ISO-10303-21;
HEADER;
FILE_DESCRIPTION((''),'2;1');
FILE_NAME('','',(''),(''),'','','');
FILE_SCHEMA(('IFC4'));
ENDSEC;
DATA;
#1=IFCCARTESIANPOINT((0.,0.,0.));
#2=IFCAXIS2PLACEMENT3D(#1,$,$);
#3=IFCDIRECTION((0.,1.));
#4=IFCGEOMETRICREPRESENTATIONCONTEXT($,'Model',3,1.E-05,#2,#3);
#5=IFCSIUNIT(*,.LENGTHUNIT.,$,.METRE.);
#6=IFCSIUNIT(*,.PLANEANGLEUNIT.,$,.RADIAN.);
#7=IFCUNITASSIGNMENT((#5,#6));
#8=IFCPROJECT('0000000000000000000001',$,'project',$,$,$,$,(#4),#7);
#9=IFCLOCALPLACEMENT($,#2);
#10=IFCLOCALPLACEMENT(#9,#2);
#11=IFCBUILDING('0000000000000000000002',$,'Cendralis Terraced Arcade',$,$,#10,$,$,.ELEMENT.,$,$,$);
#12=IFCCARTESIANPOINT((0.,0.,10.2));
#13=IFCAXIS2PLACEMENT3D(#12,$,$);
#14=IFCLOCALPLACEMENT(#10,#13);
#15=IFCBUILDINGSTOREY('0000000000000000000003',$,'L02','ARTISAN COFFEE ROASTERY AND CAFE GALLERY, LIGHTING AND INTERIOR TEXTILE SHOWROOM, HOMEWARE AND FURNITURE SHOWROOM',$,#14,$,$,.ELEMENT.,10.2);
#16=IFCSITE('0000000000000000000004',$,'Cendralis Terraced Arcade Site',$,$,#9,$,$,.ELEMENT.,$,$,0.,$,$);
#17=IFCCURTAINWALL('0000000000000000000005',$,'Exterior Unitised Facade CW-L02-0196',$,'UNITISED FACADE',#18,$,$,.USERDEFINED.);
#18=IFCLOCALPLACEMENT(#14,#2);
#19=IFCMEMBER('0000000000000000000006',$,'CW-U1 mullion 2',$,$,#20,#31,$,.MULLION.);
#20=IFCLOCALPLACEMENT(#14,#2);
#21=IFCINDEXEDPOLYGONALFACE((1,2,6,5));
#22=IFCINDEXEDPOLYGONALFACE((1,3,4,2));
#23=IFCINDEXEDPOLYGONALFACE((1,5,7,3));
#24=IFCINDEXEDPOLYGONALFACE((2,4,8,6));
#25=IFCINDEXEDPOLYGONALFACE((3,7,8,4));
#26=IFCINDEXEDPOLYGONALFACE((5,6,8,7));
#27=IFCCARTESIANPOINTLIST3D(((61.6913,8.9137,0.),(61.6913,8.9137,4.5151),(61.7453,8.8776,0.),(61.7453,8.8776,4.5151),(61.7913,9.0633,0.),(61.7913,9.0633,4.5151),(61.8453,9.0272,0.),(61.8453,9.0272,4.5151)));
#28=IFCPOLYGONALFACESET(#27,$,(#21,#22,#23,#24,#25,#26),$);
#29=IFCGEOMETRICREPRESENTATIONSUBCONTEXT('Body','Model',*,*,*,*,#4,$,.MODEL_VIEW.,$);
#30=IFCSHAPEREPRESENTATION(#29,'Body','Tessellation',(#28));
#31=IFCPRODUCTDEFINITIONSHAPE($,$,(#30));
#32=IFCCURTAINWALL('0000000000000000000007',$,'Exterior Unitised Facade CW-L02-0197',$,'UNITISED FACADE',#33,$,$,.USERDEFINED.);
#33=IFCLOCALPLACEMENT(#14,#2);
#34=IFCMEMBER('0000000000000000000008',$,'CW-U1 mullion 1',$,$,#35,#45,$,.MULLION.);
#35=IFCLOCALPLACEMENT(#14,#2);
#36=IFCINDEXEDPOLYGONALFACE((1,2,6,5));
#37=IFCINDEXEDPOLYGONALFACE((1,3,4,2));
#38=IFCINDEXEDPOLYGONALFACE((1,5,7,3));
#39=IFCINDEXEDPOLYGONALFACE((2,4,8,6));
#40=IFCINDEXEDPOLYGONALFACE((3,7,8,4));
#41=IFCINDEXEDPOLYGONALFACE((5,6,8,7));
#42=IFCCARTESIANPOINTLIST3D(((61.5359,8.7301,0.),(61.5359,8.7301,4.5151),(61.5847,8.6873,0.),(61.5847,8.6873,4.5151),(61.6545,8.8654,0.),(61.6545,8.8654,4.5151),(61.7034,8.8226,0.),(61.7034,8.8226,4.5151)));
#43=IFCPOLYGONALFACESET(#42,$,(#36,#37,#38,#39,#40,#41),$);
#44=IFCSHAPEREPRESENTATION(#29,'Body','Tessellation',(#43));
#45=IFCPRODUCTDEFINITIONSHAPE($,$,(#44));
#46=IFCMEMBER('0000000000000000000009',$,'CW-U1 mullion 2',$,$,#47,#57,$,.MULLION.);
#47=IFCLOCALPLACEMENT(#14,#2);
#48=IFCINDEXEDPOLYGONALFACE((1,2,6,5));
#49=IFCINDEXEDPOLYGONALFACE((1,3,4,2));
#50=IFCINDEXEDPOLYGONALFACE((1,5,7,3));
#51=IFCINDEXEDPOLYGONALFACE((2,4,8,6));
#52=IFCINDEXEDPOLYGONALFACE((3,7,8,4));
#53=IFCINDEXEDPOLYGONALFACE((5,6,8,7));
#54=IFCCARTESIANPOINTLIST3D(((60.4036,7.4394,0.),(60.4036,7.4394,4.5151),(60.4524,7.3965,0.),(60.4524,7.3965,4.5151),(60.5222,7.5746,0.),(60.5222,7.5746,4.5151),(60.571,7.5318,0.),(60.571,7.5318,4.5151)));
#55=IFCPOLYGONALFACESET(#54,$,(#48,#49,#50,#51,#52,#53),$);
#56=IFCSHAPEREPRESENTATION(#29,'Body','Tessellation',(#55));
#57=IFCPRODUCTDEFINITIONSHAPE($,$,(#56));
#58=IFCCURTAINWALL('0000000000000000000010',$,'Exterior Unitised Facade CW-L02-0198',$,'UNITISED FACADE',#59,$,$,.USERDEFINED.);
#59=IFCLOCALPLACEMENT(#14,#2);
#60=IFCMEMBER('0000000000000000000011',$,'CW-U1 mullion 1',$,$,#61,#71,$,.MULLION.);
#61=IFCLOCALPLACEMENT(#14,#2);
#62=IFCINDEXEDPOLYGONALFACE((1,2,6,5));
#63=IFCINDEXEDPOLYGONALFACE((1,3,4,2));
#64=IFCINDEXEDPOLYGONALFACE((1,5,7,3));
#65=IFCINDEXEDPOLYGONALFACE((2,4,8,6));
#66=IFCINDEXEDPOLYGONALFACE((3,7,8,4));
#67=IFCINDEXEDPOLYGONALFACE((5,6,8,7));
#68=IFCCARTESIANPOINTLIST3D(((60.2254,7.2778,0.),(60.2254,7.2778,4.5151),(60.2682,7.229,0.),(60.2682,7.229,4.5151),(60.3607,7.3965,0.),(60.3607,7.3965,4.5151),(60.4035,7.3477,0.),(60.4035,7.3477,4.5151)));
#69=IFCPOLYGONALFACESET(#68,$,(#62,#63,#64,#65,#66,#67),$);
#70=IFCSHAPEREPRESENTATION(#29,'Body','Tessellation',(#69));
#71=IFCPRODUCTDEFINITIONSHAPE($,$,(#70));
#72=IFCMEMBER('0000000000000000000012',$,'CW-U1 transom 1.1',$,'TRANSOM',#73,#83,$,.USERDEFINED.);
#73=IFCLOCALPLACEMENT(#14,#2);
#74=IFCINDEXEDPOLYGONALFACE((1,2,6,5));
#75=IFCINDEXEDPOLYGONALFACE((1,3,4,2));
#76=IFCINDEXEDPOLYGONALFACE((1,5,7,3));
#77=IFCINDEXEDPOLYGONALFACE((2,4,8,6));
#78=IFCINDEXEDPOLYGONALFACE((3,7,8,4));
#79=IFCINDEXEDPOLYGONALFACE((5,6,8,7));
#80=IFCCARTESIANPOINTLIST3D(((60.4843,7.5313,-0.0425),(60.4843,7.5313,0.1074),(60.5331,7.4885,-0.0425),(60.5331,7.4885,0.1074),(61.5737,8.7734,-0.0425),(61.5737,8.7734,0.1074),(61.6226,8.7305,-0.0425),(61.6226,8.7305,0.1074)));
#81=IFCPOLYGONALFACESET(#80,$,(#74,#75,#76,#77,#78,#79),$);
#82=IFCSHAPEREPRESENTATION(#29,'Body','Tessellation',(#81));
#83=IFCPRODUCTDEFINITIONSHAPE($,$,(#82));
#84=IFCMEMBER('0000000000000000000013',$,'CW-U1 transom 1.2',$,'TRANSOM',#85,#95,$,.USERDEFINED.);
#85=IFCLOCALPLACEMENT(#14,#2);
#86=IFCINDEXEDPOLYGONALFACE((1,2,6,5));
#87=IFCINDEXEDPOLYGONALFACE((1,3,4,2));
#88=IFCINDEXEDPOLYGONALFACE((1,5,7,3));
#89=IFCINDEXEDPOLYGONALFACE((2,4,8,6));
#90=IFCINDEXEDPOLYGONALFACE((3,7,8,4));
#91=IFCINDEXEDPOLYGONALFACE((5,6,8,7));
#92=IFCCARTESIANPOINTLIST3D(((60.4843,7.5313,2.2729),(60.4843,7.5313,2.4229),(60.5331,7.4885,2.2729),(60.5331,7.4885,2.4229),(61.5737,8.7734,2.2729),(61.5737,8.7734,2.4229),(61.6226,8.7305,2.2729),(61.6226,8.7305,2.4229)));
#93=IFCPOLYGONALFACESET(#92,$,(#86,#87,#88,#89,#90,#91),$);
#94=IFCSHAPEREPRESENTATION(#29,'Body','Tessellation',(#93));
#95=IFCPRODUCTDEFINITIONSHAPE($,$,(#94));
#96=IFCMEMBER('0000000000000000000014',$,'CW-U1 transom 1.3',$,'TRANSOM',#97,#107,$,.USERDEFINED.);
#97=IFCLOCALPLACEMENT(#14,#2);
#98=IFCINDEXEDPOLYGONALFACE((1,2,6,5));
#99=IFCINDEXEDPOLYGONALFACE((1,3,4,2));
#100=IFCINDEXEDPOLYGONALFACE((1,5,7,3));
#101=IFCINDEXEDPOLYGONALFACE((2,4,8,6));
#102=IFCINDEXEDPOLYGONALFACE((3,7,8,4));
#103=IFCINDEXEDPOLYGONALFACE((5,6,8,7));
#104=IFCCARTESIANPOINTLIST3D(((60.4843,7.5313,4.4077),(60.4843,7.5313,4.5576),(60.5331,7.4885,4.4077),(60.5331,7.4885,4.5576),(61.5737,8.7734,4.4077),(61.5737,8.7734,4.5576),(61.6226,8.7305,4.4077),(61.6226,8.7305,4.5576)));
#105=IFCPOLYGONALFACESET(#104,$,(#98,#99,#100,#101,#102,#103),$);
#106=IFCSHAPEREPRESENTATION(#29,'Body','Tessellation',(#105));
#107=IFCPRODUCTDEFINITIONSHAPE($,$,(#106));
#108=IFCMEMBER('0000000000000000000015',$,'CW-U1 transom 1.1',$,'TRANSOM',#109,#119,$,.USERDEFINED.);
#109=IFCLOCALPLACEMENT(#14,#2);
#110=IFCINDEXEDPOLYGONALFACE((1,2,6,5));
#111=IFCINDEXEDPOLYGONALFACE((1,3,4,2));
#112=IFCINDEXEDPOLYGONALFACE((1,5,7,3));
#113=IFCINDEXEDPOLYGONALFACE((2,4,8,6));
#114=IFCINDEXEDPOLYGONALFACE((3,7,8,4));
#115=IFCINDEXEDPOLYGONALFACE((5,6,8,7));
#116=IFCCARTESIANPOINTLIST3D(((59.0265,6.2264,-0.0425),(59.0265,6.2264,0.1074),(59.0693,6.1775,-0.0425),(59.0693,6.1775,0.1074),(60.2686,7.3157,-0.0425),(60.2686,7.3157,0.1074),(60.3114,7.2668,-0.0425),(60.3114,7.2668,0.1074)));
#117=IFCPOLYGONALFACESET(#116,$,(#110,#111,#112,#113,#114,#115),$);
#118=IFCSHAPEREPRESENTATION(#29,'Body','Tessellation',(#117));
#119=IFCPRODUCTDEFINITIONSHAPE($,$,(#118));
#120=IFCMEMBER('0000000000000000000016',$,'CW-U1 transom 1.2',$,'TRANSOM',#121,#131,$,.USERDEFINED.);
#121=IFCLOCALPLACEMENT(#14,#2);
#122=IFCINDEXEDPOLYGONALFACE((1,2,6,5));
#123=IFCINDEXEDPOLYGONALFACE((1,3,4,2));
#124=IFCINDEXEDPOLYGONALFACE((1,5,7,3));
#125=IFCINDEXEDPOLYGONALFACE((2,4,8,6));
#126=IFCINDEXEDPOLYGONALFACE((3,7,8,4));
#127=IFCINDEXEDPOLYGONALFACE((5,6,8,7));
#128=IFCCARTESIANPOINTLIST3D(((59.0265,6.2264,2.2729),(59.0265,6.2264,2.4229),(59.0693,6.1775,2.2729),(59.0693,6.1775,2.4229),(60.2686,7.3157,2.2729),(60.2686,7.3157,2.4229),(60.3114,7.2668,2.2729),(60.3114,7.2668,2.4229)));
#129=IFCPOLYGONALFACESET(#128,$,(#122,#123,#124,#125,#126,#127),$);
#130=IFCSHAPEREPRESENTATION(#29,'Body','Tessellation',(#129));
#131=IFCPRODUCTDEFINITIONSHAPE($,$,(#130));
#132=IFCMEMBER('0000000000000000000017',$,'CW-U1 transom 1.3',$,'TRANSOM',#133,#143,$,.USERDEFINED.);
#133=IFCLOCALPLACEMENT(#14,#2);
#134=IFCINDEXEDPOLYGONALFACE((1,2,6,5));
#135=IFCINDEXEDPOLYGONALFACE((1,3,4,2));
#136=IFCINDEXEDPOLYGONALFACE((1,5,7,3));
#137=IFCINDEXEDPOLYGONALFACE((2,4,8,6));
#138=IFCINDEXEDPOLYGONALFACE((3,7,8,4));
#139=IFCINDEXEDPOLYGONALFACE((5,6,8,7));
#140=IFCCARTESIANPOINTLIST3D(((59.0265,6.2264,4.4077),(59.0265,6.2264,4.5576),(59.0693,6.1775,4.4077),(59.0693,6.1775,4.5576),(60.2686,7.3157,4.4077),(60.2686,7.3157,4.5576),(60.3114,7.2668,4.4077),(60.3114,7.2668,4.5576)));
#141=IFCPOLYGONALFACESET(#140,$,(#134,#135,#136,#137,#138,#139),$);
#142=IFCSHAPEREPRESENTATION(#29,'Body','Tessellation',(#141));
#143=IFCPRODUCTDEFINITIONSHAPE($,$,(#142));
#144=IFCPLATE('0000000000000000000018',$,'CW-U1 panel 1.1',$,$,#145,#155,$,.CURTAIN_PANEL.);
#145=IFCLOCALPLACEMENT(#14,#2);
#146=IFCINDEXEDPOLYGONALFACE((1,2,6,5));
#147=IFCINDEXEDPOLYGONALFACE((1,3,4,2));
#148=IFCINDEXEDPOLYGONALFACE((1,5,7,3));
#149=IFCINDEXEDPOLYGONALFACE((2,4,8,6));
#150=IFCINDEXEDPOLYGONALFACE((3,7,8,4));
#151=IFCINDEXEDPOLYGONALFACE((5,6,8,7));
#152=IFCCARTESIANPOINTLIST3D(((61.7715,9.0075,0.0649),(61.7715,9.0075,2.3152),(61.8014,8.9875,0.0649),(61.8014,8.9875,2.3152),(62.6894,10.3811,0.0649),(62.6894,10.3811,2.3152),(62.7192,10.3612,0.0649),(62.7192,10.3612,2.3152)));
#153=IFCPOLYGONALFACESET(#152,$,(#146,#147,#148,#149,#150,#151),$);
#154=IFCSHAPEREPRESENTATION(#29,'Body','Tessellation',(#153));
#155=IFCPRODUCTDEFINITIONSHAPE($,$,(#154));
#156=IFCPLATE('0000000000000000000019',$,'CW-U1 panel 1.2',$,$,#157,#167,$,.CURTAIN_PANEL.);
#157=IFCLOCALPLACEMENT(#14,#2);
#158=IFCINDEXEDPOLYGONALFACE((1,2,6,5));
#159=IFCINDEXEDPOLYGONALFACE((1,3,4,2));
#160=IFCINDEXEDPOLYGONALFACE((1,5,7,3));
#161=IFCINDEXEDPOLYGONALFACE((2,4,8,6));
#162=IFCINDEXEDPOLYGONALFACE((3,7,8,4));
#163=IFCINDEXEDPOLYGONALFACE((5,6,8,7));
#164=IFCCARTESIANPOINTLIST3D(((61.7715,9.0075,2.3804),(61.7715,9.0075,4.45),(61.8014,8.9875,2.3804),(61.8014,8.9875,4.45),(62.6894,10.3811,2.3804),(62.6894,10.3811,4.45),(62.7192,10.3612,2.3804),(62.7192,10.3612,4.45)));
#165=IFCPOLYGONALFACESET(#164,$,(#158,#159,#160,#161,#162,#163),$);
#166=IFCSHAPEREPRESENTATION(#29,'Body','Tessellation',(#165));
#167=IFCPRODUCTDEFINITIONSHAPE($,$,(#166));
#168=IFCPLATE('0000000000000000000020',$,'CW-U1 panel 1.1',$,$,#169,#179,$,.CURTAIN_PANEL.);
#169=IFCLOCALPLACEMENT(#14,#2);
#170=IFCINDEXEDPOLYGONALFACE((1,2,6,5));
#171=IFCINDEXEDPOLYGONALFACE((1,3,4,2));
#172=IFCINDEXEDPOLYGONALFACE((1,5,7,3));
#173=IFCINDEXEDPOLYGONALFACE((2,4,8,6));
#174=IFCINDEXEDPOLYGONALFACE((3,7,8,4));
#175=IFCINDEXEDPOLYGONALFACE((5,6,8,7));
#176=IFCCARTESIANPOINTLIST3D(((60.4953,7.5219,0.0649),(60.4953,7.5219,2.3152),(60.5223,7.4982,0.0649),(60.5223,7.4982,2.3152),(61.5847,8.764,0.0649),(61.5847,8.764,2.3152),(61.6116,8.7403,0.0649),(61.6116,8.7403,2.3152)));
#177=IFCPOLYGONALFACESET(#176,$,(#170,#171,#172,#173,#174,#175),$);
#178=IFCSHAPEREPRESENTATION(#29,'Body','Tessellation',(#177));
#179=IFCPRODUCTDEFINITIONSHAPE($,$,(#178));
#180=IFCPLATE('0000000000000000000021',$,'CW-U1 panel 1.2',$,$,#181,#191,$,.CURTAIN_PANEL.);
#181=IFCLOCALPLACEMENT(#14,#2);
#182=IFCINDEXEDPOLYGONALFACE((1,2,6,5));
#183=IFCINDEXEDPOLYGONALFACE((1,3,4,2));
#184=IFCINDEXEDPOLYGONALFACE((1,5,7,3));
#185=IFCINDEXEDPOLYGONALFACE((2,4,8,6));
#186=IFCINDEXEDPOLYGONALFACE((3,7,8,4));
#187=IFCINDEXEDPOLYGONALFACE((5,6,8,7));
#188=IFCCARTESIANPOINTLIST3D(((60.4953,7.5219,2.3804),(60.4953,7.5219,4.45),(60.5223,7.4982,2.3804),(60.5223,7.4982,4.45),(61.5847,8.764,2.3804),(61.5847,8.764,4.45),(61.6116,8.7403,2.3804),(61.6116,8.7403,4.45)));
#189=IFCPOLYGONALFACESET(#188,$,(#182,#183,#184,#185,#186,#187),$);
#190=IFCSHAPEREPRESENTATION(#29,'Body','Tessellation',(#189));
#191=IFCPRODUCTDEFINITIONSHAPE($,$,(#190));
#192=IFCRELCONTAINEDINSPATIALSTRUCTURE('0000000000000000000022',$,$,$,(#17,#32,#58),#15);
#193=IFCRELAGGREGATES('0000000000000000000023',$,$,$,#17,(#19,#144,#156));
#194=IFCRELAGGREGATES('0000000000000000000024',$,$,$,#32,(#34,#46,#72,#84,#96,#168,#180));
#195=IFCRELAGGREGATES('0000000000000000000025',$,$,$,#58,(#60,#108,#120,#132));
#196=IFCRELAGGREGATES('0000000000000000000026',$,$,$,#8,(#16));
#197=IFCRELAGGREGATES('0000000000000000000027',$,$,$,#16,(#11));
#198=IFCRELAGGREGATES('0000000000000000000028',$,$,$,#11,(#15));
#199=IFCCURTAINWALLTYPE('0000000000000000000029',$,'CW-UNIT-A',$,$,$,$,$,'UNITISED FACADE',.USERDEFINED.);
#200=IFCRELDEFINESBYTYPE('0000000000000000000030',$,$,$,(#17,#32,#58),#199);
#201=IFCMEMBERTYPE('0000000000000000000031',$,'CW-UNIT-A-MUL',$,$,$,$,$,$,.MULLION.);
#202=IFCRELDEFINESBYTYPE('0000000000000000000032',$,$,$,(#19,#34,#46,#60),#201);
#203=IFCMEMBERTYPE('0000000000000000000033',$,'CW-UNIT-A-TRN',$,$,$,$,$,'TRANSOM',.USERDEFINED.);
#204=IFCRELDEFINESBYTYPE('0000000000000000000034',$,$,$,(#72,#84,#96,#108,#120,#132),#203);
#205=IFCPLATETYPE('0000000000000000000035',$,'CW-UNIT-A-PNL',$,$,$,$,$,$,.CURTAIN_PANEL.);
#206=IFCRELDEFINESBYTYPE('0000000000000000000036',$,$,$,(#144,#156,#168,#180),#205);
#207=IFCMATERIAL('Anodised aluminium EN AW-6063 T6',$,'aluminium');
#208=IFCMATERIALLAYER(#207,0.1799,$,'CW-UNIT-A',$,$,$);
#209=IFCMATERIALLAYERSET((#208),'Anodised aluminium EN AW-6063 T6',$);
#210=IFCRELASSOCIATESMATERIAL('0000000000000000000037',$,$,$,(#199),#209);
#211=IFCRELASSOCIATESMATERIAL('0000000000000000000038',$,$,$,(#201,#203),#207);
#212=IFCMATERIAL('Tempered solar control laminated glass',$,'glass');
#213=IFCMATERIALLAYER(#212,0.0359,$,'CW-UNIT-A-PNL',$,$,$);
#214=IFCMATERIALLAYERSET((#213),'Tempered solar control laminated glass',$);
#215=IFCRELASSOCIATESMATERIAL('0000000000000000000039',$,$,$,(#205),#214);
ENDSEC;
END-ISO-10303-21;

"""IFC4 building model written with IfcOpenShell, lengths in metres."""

from ifc_helpers import new_model, si_unit, direction, frame, origin, origin_2d, place, context, subcontext, project, spatial, rectangle, extrude, material, layer, layer_set, material_profile, profile_set, type_object, element, aggregate, save


model = new_model("IFC4")

# Units and contexts
model_context = context("Model", 3, precision=1e-05, world=origin(), true_north=direction((0.0, 1.0)))
body_context = subcontext(model_context, "Body", "Model", "MODEL_VIEW")
ifc_project = project(units=[si_unit("LENGTHUNIT", "METRE"), si_unit("PLANEANGLEUNIT", "RADIAN")], contexts=[model_context])

# Site, building, storey
site_placement = place(None, origin())
site = spatial("IfcSite", under=ifc_project, at=site_placement, Name="Cendralis Terraced Arcade Site", CompositionType="ELEMENT", RefElevation=0.0)
building_placement = place(site_placement, origin())
building = spatial("IfcBuilding", under=site, at=building_placement, Name="Cendralis Terraced Arcade", CompositionType="ELEMENT")
storey_placement = place(building_placement, frame((0.0, 0.0, 10.2)))
storey = spatial("IfcBuildingStorey", under=building, at=storey_placement, Name="L02", Description="ARTISAN COFFEE ROASTERY AND CAFE GALLERY, LIGHTING AND INTERIOR TEXTILE SHOWROOM, HOMEWARE AND FURNITURE SHOWROOM", CompositionType="ELEMENT", Elevation=10.2)

# Curtain wall, member
ifc_material_1 = material(Name="Anodised aluminium EN AW-6063 T6", Category="aluminium")
ifc_layer_1 = layer(ifc_material_1, 0.1799, Name="CW-UNIT-A")
ifc_layer_set_1 = layer_set([ifc_layer_1], Name="Anodised aluminium EN AW-6063 T6")
curtain_wall_type = type_object("IfcCurtainWallType", Name="CW-UNIT-A", ElementType="UNITISED FACADE", PredefinedType="USERDEFINED", material=ifc_layer_set_1)
curtain_wall_1_placement = place(storey_placement, origin())
curtain_wall_1 = element("IfcCurtainWall", 1, at=curtain_wall_1_placement, inside=storey, type_object=curtain_wall_type, Name="Exterior Unitised Facade CW-L02-0196", ObjectType="UNITISED FACADE", PredefinedType="USERDEFINED")
ifc_material_profile_1 = material_profile(ifc_material_1, rectangle(XDim=0.0649, YDim=0.1799, at=origin_2d()), Name="ALU-MUL-65x180")
ifc_profile_set_1 = profile_set([ifc_material_profile_1], Name="Anodised aluminium EN AW-6063 T6")
member_type_1 = type_object("IfcMemberType", Name="CW-UNIT-A-MUL", PredefinedType="MULLION", material=ifc_profile_set_1)
member_1_placement = place(storey_placement, frame((61.7683, 8.9705, 0.0), z_axis=(0.0, 0.0, 1.0), x_axis=(0.831471, -0.555567, 0.0)))
member_1 = element("IfcMember", 2, at=member_1_placement, type_object=member_type_1, Name="CW-U1 mullion 2", PredefinedType="MULLION", context=body_context, shape_type="SweptSolid", body=[
    extrude(rectangle(XDim=0.0649, YDim=0.1799, at=origin_2d()), origin(), (0.0, 0.0, 1.0), 4.5151),
])

# Curtain wall, members
curtain_wall_2_placement = place(storey_placement, origin())
curtain_wall_2 = element("IfcCurtainWall", 3, at=curtain_wall_2_placement, inside=storey, type_object=curtain_wall_type, Name="Exterior Unitised Facade CW-L02-0197", ObjectType="UNITISED FACADE", PredefinedType="USERDEFINED")
member_2_placement = place(storey_placement, frame((61.6196, 8.7764, 0.0), z_axis=(0.0, 0.0, 1.0), x_axis=(0.751804, -0.659386, 0.0)))
member_2 = element("IfcMember", 4, at=member_2_placement, type_object=member_type_1, Name="CW-U1 mullion 1", PredefinedType="MULLION", context=body_context, shape_type="SweptSolid", body=[
    extrude(rectangle(XDim=0.0649, YDim=0.1799, at=origin_2d()), origin(), (0.0, 0.0, 1.0), 4.5151),
])
member_3_placement = place(storey_placement, frame((60.4873, 7.4856, 0.0), z_axis=(0.0, 0.0, 1.0), x_axis=(0.751804, -0.659386, 0.0)))
member_3 = element("IfcMember", 5, at=member_3_placement, type_object=member_type_1, Name="CW-U1 mullion 2", PredefinedType="MULLION", context=body_context, shape_type="SweptSolid", body=[
    extrude(rectangle(XDim=0.0649, YDim=0.1799, at=origin_2d()), origin(), (0.0, 0.0, 1.0), 4.5151),
])

# Curtain wall, member
curtain_wall_3_placement = place(storey_placement, origin())
curtain_wall_3 = element("IfcCurtainWall", 6, at=curtain_wall_3_placement, inside=storey, type_object=curtain_wall_type, Name="Exterior Unitised Facade CW-L02-0198", ObjectType="UNITISED FACADE", PredefinedType="USERDEFINED")
member_4_placement = place(storey_placement, frame((60.3145, 7.3127, 0.0), z_axis=(0.0, 0.0, 1.0), x_axis=(0.659386, -0.751804, 0.0)))
member_4 = element("IfcMember", 7, at=member_4_placement, type_object=member_type_1, Name="CW-U1 mullion 1", PredefinedType="MULLION", context=body_context, shape_type="SweptSolid", body=[
    extrude(rectangle(XDim=0.0649, YDim=0.1799, at=origin_2d()), origin(), (0.0, 0.0, 1.0), 4.5151),
])

# Members
ifc_material_profile_2 = material_profile(ifc_material_1, rectangle(XDim=0.0649, YDim=0.1499, at=origin_2d()), Name="ALU-TRN-65x150")
ifc_profile_set_2 = profile_set([ifc_material_profile_2], Name="Anodised aluminium EN AW-6063 T6")
member_type_2 = type_object("IfcMemberType", Name="CW-UNIT-A-TRN", ElementType="TRANSOM", PredefinedType="USERDEFINED", material=ifc_profile_set_2)
member_5_placement = place(storey_placement, frame((61.5981, 8.752, 0.0325), z_axis=(-0.659414, -0.75178, 0.0), x_axis=(0.75178, -0.659414, 0.0)))
member_5 = element("IfcMember", 8, at=member_5_placement, type_object=member_type_2, Name="CW-U1 transom 1.1", ObjectType="TRANSOM", PredefinedType="USERDEFINED", context=body_context, shape_type="SweptSolid", body=[
    extrude(rectangle(XDim=0.0649, YDim=0.1499, at=origin_2d()), origin(), (0.0, 0.0, 1.0), 1.6521),
])
member_6_placement = place(storey_placement, frame((61.5981, 8.752, 2.3479), z_axis=(-0.659414, -0.75178, 0.0), x_axis=(0.75178, -0.659414, 0.0)))
member_6 = element("IfcMember", 9, at=member_6_placement, type_object=member_type_2, Name="CW-U1 transom 1.2", ObjectType="TRANSOM", PredefinedType="USERDEFINED", context=body_context, shape_type="SweptSolid", body=[
    extrude(rectangle(XDim=0.0649, YDim=0.1499, at=origin_2d()), origin(), (0.0, 0.0, 1.0), 1.6521),
])
member_7_placement = place(storey_placement, frame((61.5981, 8.752, 4.4827), z_axis=(-0.659414, -0.75178, 0.0), x_axis=(0.75178, -0.659414, 0.0)))
member_7 = element("IfcMember", 10, at=member_7_placement, type_object=member_type_2, Name="CW-U1 transom 1.3", ObjectType="TRANSOM", PredefinedType="USERDEFINED", context=body_context, shape_type="SweptSolid", body=[
    extrude(rectangle(XDim=0.0649, YDim=0.1499, at=origin_2d()), origin(), (0.0, 0.0, 1.0), 1.6521),
])
member_8_placement = place(storey_placement, frame((60.29, 7.2913, 0.0325), z_axis=(-0.751844, -0.659341, 0.0), x_axis=(0.659341, -0.751844, 0.0)))
member_8 = element("IfcMember", 11, at=member_8_placement, type_object=member_type_2, Name="CW-U1 transom 1.1", ObjectType="TRANSOM", PredefinedType="USERDEFINED", context=body_context, shape_type="SweptSolid", body=[
    extrude(rectangle(XDim=0.0649, YDim=0.1499, at=origin_2d()), origin(), (0.0, 0.0, 1.0), 1.6521),
])
member_9_placement = place(storey_placement, frame((60.29, 7.2913, 2.3479), z_axis=(-0.751844, -0.659341, 0.0), x_axis=(0.659341, -0.751844, 0.0)))
member_9 = element("IfcMember", 12, at=member_9_placement, type_object=member_type_2, Name="CW-U1 transom 1.2", ObjectType="TRANSOM", PredefinedType="USERDEFINED", context=body_context, shape_type="SweptSolid", body=[
    extrude(rectangle(XDim=0.0649, YDim=0.1499, at=origin_2d()), origin(), (0.0, 0.0, 1.0), 1.6521),
])
member_10_placement = place(storey_placement, frame((60.29, 7.2913, 4.4827), z_axis=(-0.751844, -0.659341, 0.0), x_axis=(0.659341, -0.751844, 0.0)))
member_10 = element("IfcMember", 13, at=member_10_placement, type_object=member_type_2, Name="CW-U1 transom 1.3", ObjectType="TRANSOM", PredefinedType="USERDEFINED", context=body_context, shape_type="SweptSolid", body=[
    extrude(rectangle(XDim=0.0649, YDim=0.1499, at=origin_2d()), origin(), (0.0, 0.0, 1.0), 1.6521),
])

# Plates
ifc_material_2 = material(Name="Tempered solar control laminated glass", Category="glass")
ifc_layer_2 = layer(ifc_material_2, 0.0359, Name="CW-UNIT-A-PNL")
ifc_layer_set_2 = layer_set([ifc_layer_2], Name="Tempered solar control laminated glass")
plate_type = type_object("IfcPlateType", Name="CW-UNIT-A-PNL", PredefinedType="CURTAIN_PANEL", material=ifc_layer_set_2)
plate_1_placement = place(storey_placement, frame((62.2454, 9.6843, 0.0649), z_axis=(0.0, 0.0, 1.0), x_axis=(-0.555567, -0.831471, 0.0)))
plate_1 = element("IfcPlate", 14, at=plate_1_placement, type_object=plate_type, Name="CW-U1 panel 1.1", PredefinedType="CURTAIN_PANEL", context=body_context, shape_type="SweptSolid", body=[
    extrude(rectangle(XDim=1.6521, YDim=0.0359, at=origin_2d()), origin(), (0.0, 0.0, 1.0), 2.2502),
])
plate_2_placement = place(storey_placement, frame((62.2454, 9.6843, 2.3804), z_axis=(0.0, 0.0, 1.0), x_axis=(-0.555567, -0.831471, 0.0)))
plate_2 = element("IfcPlate", 15, at=plate_2_placement, type_object=plate_type, Name="CW-U1 panel 1.2", PredefinedType="CURTAIN_PANEL", context=body_context, shape_type="SweptSolid", body=[
    extrude(rectangle(XDim=1.6521, YDim=0.0359, at=origin_2d()), origin(), (0.0, 0.0, 1.0), 2.0696),
])
aggregate(curtain_wall_1, [member_1, plate_1, plate_2])
plate_3_placement = place(storey_placement, frame((61.0535, 8.1311, 0.0649), z_axis=(0.0, 0.0, 1.0), x_axis=(-0.659386, -0.751804, 0.0)))
plate_3 = element("IfcPlate", 16, at=plate_3_placement, type_object=plate_type, Name="CW-U1 panel 1.1", PredefinedType="CURTAIN_PANEL", context=body_context, shape_type="SweptSolid", body=[
    extrude(rectangle(XDim=1.6521, YDim=0.0359, at=origin_2d()), origin(), (0.0, 0.0, 1.0), 2.2502),
])
plate_4_placement = place(storey_placement, frame((61.0535, 8.1311, 2.3804), z_axis=(0.0, 0.0, 1.0), x_axis=(-0.659386, -0.751804, 0.0)))
plate_4 = element("IfcPlate", 17, at=plate_4_placement, type_object=plate_type, Name="CW-U1 panel 1.2", PredefinedType="CURTAIN_PANEL", context=body_context, shape_type="SweptSolid", body=[
    extrude(rectangle(XDim=1.6521, YDim=0.0359, at=origin_2d()), origin(), (0.0, 0.0, 1.0), 2.0696),
])
aggregate(curtain_wall_2, [member_2, member_3, member_5, member_6, member_7, plate_3, plate_4])
aggregate(curtain_wall_3, [member_4, member_8, member_9, member_10])

save(model, "model.ifc")
